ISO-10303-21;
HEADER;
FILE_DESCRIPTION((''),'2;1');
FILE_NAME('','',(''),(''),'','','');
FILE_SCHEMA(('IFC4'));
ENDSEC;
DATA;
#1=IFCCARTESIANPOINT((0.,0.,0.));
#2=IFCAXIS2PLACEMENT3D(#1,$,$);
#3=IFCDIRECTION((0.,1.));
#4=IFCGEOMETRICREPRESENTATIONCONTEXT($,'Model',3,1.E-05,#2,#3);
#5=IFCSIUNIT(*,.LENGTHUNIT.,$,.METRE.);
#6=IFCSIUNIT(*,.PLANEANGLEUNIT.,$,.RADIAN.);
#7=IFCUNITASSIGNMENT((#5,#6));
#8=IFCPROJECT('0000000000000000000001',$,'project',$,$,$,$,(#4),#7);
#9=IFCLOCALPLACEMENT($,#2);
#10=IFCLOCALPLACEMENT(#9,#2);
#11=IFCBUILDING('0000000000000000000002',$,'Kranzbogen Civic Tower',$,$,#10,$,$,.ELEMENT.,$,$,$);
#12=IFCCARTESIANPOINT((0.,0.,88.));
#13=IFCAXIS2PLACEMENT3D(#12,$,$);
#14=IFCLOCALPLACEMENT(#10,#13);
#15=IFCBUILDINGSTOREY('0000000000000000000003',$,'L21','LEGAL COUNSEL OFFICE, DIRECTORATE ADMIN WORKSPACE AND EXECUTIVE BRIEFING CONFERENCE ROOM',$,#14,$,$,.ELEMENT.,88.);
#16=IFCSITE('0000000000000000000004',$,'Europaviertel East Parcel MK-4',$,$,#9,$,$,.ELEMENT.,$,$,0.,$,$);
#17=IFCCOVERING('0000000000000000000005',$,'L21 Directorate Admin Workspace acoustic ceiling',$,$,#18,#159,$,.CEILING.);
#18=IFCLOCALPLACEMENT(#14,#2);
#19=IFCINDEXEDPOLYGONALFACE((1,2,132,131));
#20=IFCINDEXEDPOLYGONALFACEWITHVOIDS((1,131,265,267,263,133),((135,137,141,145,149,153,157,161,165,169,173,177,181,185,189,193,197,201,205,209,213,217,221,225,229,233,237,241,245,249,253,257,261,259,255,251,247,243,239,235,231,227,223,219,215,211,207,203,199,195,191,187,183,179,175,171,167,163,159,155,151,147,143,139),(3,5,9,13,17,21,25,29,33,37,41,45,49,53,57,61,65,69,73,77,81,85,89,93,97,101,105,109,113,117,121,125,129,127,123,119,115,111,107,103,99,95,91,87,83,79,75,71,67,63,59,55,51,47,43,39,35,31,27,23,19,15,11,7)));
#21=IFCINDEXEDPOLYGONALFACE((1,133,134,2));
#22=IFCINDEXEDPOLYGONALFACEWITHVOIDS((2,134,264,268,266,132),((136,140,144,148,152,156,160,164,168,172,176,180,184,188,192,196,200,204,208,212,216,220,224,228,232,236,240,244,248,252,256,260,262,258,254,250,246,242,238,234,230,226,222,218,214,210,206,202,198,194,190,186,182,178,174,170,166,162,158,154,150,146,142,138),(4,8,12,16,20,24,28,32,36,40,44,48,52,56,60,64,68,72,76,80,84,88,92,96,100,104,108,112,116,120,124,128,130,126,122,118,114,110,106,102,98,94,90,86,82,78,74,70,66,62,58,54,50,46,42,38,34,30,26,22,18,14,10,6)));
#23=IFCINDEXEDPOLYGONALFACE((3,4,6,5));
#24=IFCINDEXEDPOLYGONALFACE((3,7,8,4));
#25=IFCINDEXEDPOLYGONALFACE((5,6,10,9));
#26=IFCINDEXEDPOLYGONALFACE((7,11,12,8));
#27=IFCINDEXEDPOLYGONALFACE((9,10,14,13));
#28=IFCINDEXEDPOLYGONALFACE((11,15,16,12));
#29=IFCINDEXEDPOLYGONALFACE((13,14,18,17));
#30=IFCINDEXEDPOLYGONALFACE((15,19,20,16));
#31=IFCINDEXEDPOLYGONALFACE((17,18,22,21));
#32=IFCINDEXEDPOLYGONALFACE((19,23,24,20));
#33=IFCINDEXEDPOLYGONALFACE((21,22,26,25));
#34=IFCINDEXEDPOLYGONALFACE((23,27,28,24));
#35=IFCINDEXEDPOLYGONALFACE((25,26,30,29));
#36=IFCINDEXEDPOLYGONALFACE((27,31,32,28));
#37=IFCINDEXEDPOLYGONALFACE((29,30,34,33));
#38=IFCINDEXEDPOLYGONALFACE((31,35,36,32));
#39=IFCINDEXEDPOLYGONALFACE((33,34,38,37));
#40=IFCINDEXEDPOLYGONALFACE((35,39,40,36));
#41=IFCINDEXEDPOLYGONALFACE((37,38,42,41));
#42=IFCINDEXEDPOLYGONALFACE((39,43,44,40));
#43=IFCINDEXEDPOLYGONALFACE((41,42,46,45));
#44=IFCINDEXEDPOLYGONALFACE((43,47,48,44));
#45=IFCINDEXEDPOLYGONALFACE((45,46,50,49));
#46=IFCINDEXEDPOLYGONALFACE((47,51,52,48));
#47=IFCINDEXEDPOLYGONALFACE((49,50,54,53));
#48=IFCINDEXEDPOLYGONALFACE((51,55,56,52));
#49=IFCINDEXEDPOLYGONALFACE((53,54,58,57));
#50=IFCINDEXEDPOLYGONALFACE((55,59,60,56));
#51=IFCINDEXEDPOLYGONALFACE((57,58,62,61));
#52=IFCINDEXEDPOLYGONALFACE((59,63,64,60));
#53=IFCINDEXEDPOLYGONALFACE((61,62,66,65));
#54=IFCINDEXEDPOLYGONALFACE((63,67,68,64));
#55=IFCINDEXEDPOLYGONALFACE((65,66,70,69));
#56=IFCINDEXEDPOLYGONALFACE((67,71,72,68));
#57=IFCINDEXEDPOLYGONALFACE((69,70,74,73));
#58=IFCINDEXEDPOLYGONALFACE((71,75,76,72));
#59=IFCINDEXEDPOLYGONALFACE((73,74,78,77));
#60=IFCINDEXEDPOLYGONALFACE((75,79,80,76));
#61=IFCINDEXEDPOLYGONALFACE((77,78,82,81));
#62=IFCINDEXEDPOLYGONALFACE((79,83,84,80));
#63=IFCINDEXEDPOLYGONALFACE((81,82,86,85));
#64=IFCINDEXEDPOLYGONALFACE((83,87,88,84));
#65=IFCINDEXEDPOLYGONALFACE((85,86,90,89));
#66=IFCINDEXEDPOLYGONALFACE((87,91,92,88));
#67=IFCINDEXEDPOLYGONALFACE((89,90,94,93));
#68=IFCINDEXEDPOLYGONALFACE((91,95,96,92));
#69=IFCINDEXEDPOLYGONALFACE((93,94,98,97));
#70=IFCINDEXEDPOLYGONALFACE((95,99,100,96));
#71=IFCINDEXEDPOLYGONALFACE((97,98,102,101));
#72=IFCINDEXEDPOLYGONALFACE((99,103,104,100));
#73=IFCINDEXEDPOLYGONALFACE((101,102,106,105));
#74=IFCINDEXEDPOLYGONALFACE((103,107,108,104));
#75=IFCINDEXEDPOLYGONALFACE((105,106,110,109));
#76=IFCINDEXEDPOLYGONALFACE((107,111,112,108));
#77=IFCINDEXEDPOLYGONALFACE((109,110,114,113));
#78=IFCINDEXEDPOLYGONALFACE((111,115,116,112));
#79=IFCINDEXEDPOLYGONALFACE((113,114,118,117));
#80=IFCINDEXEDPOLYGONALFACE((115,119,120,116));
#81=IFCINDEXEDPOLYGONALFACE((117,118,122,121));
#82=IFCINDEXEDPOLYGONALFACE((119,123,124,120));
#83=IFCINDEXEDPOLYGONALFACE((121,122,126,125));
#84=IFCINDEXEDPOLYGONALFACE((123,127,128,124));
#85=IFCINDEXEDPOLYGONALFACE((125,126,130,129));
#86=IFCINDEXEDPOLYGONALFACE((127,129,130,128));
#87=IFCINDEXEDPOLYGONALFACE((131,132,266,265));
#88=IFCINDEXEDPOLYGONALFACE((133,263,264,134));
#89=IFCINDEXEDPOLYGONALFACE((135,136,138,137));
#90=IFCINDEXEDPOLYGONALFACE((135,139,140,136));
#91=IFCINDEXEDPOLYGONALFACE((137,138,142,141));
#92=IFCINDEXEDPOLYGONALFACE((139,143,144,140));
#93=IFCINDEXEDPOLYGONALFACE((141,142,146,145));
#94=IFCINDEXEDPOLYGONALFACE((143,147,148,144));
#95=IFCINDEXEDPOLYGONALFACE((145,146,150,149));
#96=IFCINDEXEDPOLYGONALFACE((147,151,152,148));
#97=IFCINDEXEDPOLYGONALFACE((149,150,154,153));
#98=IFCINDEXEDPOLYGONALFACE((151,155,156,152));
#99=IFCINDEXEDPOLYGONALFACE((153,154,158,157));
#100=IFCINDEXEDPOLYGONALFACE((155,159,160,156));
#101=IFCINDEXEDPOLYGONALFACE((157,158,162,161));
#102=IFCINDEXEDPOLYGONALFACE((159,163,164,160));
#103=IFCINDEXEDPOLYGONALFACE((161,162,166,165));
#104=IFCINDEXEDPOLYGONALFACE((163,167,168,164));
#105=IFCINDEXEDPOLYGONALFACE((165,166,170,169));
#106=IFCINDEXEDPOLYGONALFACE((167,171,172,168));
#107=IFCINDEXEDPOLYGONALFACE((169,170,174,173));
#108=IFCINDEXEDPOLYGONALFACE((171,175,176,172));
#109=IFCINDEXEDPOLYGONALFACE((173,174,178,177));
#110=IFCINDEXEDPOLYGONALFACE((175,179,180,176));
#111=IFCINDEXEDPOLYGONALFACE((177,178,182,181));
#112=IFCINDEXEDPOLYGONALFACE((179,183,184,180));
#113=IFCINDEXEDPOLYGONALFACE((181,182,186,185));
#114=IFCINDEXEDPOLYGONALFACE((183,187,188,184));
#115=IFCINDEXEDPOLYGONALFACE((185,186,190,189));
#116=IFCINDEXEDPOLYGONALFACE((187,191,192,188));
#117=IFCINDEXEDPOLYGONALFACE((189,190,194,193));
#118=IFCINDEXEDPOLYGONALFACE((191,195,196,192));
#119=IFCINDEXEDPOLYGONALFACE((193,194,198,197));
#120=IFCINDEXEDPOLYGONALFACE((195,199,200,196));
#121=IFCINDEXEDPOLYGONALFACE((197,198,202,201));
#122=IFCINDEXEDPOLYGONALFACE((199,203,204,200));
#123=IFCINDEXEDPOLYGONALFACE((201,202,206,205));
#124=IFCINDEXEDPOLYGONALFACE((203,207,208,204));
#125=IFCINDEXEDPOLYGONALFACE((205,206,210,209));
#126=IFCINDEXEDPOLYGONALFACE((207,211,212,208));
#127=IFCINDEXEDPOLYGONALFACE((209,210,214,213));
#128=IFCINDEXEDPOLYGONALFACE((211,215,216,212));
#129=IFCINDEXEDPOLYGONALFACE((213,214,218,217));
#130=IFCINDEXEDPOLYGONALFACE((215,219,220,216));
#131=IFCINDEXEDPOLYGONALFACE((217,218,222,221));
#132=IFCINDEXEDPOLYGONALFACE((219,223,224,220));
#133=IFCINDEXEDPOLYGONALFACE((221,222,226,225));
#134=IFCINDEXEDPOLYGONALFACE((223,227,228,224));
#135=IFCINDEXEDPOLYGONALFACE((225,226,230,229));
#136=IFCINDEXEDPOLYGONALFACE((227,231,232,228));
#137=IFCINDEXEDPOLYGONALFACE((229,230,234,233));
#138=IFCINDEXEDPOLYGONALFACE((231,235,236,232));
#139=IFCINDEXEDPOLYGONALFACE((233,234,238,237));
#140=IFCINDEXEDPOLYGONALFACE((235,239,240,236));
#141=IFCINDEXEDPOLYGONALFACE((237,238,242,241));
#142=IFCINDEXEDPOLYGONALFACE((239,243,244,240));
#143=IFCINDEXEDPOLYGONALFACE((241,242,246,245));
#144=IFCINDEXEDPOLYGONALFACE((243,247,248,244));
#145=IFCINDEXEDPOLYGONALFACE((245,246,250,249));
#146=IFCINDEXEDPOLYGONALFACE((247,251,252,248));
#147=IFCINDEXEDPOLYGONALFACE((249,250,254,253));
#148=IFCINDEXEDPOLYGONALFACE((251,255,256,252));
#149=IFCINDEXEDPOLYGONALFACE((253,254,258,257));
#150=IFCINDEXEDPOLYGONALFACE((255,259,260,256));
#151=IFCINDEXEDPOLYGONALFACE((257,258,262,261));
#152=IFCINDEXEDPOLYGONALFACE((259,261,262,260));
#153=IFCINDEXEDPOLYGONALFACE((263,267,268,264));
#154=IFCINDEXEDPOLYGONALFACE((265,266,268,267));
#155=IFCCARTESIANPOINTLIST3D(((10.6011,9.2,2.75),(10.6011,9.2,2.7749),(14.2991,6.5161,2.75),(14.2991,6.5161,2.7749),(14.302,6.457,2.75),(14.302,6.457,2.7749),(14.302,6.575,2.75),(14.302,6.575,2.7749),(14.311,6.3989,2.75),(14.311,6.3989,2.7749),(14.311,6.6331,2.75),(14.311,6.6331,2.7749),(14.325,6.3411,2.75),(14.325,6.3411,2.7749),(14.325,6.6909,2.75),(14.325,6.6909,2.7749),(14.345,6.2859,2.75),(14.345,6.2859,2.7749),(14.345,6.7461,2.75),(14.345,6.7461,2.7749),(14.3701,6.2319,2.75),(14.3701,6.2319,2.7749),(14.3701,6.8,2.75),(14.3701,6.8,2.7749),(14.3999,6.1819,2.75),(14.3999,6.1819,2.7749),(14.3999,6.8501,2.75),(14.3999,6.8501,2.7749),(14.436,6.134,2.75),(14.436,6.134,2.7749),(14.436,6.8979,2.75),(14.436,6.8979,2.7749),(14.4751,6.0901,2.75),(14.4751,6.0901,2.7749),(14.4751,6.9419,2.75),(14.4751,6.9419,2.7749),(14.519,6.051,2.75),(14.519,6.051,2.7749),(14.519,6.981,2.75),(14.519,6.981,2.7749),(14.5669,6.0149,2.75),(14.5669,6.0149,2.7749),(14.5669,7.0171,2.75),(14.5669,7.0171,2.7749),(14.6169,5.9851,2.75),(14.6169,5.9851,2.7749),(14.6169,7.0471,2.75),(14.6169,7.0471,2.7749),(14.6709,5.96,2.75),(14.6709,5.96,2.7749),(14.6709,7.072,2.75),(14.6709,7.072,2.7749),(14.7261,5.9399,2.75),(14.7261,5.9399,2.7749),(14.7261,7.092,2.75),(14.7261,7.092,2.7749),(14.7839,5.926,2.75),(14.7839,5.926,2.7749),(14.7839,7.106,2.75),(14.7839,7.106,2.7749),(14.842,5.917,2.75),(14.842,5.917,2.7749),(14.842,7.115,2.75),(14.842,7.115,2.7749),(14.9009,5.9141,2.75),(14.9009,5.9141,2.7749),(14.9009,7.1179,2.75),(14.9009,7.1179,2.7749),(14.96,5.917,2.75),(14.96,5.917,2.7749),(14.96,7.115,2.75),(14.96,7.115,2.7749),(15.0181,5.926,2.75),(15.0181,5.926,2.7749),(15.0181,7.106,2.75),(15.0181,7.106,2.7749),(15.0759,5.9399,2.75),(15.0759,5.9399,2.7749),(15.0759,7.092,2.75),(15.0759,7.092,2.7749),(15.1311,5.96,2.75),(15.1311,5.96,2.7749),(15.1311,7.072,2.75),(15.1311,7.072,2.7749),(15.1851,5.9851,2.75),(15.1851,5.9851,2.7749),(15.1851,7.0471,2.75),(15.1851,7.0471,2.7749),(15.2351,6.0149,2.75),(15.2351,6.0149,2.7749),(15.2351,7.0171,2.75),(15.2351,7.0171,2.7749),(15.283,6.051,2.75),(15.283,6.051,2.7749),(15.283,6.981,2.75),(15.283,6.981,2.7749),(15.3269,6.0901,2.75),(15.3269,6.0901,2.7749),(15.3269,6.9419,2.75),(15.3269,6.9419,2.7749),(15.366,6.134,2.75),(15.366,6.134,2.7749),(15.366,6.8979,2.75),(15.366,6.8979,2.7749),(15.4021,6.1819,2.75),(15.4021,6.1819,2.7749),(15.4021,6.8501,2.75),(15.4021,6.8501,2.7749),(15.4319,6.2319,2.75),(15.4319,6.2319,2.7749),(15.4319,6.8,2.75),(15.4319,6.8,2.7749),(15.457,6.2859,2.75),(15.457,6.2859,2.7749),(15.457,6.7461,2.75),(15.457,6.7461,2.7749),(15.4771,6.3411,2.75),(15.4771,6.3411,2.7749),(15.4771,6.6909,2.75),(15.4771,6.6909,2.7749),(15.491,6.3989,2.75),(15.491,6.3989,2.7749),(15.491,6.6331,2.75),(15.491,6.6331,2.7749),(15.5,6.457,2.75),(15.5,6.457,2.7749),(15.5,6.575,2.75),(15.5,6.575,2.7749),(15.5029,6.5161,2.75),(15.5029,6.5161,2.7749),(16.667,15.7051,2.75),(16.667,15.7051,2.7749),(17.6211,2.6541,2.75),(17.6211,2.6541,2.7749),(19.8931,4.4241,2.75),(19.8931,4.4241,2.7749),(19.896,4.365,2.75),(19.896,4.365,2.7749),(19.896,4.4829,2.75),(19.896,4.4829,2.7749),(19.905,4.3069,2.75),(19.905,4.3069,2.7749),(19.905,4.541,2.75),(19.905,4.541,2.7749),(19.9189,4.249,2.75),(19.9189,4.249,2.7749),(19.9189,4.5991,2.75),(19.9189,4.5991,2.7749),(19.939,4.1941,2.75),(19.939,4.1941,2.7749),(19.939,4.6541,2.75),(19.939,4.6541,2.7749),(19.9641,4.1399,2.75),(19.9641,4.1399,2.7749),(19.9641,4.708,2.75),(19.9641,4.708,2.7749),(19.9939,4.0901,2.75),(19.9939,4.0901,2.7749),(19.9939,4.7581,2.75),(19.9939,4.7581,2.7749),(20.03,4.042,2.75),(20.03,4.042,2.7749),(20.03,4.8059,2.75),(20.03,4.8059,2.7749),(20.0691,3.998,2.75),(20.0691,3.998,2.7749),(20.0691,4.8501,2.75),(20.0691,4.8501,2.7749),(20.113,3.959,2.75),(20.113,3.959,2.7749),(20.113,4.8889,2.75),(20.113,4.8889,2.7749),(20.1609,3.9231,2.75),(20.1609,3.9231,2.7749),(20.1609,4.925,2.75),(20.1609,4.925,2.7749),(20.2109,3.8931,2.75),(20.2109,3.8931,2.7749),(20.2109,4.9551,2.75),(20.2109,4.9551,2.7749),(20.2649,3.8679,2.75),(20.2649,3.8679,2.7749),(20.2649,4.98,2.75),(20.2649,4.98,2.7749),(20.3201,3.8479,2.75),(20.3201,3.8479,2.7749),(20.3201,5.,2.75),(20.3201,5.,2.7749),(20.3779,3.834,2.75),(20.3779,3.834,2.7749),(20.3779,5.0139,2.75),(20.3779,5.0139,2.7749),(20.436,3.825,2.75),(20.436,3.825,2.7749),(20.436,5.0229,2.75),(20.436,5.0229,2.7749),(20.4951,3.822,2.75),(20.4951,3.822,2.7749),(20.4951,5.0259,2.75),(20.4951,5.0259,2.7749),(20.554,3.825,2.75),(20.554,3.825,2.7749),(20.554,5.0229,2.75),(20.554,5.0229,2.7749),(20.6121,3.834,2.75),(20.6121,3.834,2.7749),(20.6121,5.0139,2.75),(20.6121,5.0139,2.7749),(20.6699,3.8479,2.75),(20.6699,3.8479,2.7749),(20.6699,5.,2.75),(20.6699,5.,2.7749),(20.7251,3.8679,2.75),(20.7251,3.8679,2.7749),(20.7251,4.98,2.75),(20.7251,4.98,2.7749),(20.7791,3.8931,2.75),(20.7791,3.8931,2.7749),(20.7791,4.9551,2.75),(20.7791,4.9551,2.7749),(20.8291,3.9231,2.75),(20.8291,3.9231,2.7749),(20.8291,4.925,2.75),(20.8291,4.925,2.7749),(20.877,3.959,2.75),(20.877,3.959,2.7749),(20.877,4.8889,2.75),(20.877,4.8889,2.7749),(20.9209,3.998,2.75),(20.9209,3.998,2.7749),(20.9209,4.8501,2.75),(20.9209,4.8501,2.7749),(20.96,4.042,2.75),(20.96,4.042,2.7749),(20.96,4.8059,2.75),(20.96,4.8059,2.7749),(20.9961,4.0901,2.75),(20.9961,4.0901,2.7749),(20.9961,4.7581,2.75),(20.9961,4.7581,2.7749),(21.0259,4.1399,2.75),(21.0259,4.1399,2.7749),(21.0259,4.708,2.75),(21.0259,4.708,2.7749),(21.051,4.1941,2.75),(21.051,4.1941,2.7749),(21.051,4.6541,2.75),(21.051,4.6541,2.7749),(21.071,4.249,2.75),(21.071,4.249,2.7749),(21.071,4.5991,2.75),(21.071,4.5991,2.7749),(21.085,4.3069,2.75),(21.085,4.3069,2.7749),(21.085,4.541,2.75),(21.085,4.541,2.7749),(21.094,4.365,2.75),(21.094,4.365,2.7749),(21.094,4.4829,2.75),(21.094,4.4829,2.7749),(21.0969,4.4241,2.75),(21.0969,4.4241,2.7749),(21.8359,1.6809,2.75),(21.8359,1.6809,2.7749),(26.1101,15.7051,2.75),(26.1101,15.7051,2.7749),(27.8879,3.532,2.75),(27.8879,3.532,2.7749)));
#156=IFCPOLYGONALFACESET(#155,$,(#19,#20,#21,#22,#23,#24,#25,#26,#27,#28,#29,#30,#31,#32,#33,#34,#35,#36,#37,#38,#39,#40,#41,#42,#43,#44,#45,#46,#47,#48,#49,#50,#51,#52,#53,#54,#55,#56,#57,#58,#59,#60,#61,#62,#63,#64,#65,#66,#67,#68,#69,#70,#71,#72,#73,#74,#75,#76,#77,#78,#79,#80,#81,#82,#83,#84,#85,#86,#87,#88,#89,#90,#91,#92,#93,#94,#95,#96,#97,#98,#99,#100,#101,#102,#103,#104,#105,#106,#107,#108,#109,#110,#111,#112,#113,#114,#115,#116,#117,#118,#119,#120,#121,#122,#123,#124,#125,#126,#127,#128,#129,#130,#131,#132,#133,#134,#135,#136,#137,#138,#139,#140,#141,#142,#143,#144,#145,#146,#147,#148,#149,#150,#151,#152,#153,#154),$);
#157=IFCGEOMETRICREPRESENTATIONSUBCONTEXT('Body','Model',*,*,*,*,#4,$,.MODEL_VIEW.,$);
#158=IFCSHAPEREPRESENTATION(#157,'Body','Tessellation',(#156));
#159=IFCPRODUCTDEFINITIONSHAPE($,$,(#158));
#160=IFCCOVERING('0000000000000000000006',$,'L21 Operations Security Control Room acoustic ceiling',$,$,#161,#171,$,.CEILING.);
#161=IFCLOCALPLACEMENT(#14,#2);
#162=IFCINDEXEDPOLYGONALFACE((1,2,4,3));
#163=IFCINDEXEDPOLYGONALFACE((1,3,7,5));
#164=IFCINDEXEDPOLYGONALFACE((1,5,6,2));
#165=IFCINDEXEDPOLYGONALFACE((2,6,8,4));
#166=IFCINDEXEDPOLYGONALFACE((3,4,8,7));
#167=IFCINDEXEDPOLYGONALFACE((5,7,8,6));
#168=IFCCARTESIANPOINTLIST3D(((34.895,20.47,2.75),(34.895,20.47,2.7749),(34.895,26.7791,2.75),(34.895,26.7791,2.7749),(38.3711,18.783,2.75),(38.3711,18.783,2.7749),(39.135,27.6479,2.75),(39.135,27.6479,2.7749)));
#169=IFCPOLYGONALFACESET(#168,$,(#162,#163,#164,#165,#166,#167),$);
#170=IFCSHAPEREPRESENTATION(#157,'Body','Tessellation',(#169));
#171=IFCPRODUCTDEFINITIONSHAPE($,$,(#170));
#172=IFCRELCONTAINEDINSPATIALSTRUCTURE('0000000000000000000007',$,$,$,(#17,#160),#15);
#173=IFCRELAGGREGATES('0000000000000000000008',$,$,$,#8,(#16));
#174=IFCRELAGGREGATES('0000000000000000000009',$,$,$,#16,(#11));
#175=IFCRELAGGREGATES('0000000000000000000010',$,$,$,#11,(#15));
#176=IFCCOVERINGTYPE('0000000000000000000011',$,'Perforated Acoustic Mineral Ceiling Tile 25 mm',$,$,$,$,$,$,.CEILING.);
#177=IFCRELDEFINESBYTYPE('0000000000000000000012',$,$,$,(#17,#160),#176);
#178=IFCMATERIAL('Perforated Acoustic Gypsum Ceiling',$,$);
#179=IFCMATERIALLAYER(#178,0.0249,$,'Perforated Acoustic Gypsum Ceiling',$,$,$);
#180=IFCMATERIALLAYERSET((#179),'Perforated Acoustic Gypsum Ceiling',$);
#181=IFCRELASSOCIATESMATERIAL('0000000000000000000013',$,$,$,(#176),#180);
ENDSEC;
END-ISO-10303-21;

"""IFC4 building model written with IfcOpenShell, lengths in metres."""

from ifc_helpers import new_model, si_unit, direction, frame, origin, place, context, subcontext, project, spatial, polyline, outline, extrude, material, layer, layer_set, type_object, element, save


model = new_model("IFC4")

# Units and contexts
model_context = context("Model", 3, precision=1e-05, world=origin(), true_north=direction((0.0, 1.0)))
body_context = subcontext(model_context, "Body", "Model", "MODEL_VIEW")
ifc_project = project(units=[si_unit("LENGTHUNIT", "METRE"), si_unit("PLANEANGLEUNIT", "RADIAN")], contexts=[model_context])

# Site, building, storey
site_placement = place(None, origin())
site = spatial("IfcSite", under=ifc_project, at=site_placement, Name="Europaviertel East Parcel MK-4", CompositionType="ELEMENT", RefElevation=0.0)
building_placement = place(site_placement, origin())
building = spatial("IfcBuilding", under=site, at=building_placement, Name="Kranzbogen Civic Tower", CompositionType="ELEMENT")
storey_placement = place(building_placement, frame((0.0, 0.0, 88.0)))
storey = spatial("IfcBuildingStorey", under=building, at=storey_placement, Name="L21", Description="LEGAL COUNSEL OFFICE, DIRECTORATE ADMIN WORKSPACE AND EXECUTIVE BRIEFING CONFERENCE ROOM", CompositionType="ELEMENT", Elevation=88.0)

# Coverings
ifc_material_1 = material(Name="Perforated Acoustic Gypsum Ceiling")
ifc_layer_1 = layer(ifc_material_1, 0.0249, Name="Perforated Acoustic Gypsum Ceiling")
ifc_layer_set_1 = layer_set([ifc_layer_1], Name="Perforated Acoustic Gypsum Ceiling")
covering_type_1 = type_object("IfcCoveringType", Name="Perforated Acoustic Mineral Ceiling Tile 25 mm", PredefinedType="CEILING", material=ifc_layer_set_1)
covering_1_placement = place(storey_placement, frame((0.0, 0.0, 2.75)))
element("IfcCovering", 1, at=covering_1_placement, inside=storey, type_object=covering_type_1, Name="L21 Directorate Admin Workspace acoustic ceiling", PredefinedType="CEILING", context=body_context, shape_type="SweptSolid", body=[
    extrude(outline(polyline([(17.6211, 2.6541), (10.6011, 9.2), (16.667, 15.7051), (26.1101, 15.7051), (27.8879, 3.532), (21.8359, 1.6809), (17.6211, 2.6541)]), holes=[polyline([(21.051, 4.1941), (21.0259, 4.1399), (20.9961, 4.0901), (20.96, 4.042), (20.9209, 3.998), (20.877, 3.959), (20.8291, 3.9231), (20.7791, 3.8931), (20.7251, 3.8679), (20.6699, 3.8479), (20.6121, 3.834), (20.554, 3.825), (20.4951, 3.822), (20.436, 3.825), (20.3779, 3.834), (20.3201, 3.8479), (20.2649, 3.8679), (20.2109, 3.8931), (20.1609, 3.9231), (20.113, 3.959), (20.0691, 3.998), (20.03, 4.042), (19.9939, 4.0901), (19.9641, 4.1399), (19.939, 4.1941), (19.9189, 4.249), (19.905, 4.3069), (19.896, 4.365), (19.8931, 4.4241), (19.896, 4.4829), (19.905, 4.541), (19.9189, 4.5991), (19.939, 4.6541), (19.9641, 4.708), (19.9939, 4.7581), (20.03, 4.8059), (20.0691, 4.8501), (20.113, 4.8889), (20.1609, 4.925), (20.2109, 4.9551), (20.2649, 4.98), (20.3201, 5.0), (20.3779, 5.0139), (20.436, 5.0229), (20.4951, 5.0259), (20.554, 5.0229), (20.6121, 5.0139), (20.6699, 5.0), (20.7251, 4.98), (20.7791, 4.9551), (20.8291, 4.925), (20.877, 4.8889), (20.9209, 4.8501), (20.96, 4.8059), (20.9961, 4.7581), (21.0259, 4.708), (21.051, 4.6541), (21.071, 4.5991), (21.085, 4.541), (21.094, 4.4829), (21.0969, 4.4241), (21.094, 4.365), (21.085, 4.3069), (21.071, 4.249), (21.051, 4.1941)]), polyline([(15.457, 6.2859), (15.4319, 6.2319), (15.4021, 6.1819), (15.366, 6.134), (15.3269, 6.0901), (15.283, 6.051), (15.2351, 6.0149), (15.1851, 5.9851), (15.1311, 5.96), (15.0759, 5.9399), (15.0181, 5.926), (14.96, 5.917), (14.9009, 5.9141), (14.842, 5.917), (14.7839, 5.926), (14.7261, 5.9399), (14.6709, 5.96), (14.6169, 5.9851), (14.5669, 6.0149), (14.519, 6.051), (14.4751, 6.0901), (14.436, 6.134), (14.3999, 6.1819), (14.3701, 6.2319), (14.345, 6.2859), (14.325, 6.3411), (14.311, 6.3989), (14.302, 6.457), (14.2991, 6.5161), (14.302, 6.575), (14.311, 6.6331), (14.325, 6.6909), (14.345, 6.7461), (14.3701, 6.8), (14.3999, 6.8501), (14.436, 6.8979), (14.4751, 6.9419), (14.519, 6.981), (14.5669, 7.0171), (14.6169, 7.0471), (14.6709, 7.072), (14.7261, 7.092), (14.7839, 7.106), (14.842, 7.115), (14.9009, 7.1179), (14.96, 7.115), (15.0181, 7.106), (15.0759, 7.092), (15.1311, 7.072), (15.1851, 7.0471), (15.2351, 7.0171), (15.283, 6.981), (15.3269, 6.9419), (15.366, 6.8979), (15.4021, 6.8501), (15.4319, 6.8), (15.457, 6.7461), (15.4771, 6.6909), (15.491, 6.6331), (15.5, 6.575), (15.5029, 6.5161), (15.5, 6.457), (15.491, 6.3989), (15.4771, 6.3411), (15.457, 6.2859)])]), origin(), (0.0, 0.0, 1.0), 0.0249),
])
covering_2_placement = place(storey_placement, frame((0.0, 0.0, 2.75)))
element("IfcCovering", 2, at=covering_2_placement, inside=storey, type_object=covering_type_1, Name="L21 Operations Security Control Room acoustic ceiling", PredefinedType="CEILING", context=body_context, shape_type="SweptSolid", body=[
    extrude(outline(polyline([(34.895, 26.7791), (39.135, 27.6479), (38.3711, 18.783), (34.895, 20.47), (34.895, 26.7791)])), origin(), (0.0, 0.0, 1.0), 0.0249),
])

save(model, "model.ifc")
